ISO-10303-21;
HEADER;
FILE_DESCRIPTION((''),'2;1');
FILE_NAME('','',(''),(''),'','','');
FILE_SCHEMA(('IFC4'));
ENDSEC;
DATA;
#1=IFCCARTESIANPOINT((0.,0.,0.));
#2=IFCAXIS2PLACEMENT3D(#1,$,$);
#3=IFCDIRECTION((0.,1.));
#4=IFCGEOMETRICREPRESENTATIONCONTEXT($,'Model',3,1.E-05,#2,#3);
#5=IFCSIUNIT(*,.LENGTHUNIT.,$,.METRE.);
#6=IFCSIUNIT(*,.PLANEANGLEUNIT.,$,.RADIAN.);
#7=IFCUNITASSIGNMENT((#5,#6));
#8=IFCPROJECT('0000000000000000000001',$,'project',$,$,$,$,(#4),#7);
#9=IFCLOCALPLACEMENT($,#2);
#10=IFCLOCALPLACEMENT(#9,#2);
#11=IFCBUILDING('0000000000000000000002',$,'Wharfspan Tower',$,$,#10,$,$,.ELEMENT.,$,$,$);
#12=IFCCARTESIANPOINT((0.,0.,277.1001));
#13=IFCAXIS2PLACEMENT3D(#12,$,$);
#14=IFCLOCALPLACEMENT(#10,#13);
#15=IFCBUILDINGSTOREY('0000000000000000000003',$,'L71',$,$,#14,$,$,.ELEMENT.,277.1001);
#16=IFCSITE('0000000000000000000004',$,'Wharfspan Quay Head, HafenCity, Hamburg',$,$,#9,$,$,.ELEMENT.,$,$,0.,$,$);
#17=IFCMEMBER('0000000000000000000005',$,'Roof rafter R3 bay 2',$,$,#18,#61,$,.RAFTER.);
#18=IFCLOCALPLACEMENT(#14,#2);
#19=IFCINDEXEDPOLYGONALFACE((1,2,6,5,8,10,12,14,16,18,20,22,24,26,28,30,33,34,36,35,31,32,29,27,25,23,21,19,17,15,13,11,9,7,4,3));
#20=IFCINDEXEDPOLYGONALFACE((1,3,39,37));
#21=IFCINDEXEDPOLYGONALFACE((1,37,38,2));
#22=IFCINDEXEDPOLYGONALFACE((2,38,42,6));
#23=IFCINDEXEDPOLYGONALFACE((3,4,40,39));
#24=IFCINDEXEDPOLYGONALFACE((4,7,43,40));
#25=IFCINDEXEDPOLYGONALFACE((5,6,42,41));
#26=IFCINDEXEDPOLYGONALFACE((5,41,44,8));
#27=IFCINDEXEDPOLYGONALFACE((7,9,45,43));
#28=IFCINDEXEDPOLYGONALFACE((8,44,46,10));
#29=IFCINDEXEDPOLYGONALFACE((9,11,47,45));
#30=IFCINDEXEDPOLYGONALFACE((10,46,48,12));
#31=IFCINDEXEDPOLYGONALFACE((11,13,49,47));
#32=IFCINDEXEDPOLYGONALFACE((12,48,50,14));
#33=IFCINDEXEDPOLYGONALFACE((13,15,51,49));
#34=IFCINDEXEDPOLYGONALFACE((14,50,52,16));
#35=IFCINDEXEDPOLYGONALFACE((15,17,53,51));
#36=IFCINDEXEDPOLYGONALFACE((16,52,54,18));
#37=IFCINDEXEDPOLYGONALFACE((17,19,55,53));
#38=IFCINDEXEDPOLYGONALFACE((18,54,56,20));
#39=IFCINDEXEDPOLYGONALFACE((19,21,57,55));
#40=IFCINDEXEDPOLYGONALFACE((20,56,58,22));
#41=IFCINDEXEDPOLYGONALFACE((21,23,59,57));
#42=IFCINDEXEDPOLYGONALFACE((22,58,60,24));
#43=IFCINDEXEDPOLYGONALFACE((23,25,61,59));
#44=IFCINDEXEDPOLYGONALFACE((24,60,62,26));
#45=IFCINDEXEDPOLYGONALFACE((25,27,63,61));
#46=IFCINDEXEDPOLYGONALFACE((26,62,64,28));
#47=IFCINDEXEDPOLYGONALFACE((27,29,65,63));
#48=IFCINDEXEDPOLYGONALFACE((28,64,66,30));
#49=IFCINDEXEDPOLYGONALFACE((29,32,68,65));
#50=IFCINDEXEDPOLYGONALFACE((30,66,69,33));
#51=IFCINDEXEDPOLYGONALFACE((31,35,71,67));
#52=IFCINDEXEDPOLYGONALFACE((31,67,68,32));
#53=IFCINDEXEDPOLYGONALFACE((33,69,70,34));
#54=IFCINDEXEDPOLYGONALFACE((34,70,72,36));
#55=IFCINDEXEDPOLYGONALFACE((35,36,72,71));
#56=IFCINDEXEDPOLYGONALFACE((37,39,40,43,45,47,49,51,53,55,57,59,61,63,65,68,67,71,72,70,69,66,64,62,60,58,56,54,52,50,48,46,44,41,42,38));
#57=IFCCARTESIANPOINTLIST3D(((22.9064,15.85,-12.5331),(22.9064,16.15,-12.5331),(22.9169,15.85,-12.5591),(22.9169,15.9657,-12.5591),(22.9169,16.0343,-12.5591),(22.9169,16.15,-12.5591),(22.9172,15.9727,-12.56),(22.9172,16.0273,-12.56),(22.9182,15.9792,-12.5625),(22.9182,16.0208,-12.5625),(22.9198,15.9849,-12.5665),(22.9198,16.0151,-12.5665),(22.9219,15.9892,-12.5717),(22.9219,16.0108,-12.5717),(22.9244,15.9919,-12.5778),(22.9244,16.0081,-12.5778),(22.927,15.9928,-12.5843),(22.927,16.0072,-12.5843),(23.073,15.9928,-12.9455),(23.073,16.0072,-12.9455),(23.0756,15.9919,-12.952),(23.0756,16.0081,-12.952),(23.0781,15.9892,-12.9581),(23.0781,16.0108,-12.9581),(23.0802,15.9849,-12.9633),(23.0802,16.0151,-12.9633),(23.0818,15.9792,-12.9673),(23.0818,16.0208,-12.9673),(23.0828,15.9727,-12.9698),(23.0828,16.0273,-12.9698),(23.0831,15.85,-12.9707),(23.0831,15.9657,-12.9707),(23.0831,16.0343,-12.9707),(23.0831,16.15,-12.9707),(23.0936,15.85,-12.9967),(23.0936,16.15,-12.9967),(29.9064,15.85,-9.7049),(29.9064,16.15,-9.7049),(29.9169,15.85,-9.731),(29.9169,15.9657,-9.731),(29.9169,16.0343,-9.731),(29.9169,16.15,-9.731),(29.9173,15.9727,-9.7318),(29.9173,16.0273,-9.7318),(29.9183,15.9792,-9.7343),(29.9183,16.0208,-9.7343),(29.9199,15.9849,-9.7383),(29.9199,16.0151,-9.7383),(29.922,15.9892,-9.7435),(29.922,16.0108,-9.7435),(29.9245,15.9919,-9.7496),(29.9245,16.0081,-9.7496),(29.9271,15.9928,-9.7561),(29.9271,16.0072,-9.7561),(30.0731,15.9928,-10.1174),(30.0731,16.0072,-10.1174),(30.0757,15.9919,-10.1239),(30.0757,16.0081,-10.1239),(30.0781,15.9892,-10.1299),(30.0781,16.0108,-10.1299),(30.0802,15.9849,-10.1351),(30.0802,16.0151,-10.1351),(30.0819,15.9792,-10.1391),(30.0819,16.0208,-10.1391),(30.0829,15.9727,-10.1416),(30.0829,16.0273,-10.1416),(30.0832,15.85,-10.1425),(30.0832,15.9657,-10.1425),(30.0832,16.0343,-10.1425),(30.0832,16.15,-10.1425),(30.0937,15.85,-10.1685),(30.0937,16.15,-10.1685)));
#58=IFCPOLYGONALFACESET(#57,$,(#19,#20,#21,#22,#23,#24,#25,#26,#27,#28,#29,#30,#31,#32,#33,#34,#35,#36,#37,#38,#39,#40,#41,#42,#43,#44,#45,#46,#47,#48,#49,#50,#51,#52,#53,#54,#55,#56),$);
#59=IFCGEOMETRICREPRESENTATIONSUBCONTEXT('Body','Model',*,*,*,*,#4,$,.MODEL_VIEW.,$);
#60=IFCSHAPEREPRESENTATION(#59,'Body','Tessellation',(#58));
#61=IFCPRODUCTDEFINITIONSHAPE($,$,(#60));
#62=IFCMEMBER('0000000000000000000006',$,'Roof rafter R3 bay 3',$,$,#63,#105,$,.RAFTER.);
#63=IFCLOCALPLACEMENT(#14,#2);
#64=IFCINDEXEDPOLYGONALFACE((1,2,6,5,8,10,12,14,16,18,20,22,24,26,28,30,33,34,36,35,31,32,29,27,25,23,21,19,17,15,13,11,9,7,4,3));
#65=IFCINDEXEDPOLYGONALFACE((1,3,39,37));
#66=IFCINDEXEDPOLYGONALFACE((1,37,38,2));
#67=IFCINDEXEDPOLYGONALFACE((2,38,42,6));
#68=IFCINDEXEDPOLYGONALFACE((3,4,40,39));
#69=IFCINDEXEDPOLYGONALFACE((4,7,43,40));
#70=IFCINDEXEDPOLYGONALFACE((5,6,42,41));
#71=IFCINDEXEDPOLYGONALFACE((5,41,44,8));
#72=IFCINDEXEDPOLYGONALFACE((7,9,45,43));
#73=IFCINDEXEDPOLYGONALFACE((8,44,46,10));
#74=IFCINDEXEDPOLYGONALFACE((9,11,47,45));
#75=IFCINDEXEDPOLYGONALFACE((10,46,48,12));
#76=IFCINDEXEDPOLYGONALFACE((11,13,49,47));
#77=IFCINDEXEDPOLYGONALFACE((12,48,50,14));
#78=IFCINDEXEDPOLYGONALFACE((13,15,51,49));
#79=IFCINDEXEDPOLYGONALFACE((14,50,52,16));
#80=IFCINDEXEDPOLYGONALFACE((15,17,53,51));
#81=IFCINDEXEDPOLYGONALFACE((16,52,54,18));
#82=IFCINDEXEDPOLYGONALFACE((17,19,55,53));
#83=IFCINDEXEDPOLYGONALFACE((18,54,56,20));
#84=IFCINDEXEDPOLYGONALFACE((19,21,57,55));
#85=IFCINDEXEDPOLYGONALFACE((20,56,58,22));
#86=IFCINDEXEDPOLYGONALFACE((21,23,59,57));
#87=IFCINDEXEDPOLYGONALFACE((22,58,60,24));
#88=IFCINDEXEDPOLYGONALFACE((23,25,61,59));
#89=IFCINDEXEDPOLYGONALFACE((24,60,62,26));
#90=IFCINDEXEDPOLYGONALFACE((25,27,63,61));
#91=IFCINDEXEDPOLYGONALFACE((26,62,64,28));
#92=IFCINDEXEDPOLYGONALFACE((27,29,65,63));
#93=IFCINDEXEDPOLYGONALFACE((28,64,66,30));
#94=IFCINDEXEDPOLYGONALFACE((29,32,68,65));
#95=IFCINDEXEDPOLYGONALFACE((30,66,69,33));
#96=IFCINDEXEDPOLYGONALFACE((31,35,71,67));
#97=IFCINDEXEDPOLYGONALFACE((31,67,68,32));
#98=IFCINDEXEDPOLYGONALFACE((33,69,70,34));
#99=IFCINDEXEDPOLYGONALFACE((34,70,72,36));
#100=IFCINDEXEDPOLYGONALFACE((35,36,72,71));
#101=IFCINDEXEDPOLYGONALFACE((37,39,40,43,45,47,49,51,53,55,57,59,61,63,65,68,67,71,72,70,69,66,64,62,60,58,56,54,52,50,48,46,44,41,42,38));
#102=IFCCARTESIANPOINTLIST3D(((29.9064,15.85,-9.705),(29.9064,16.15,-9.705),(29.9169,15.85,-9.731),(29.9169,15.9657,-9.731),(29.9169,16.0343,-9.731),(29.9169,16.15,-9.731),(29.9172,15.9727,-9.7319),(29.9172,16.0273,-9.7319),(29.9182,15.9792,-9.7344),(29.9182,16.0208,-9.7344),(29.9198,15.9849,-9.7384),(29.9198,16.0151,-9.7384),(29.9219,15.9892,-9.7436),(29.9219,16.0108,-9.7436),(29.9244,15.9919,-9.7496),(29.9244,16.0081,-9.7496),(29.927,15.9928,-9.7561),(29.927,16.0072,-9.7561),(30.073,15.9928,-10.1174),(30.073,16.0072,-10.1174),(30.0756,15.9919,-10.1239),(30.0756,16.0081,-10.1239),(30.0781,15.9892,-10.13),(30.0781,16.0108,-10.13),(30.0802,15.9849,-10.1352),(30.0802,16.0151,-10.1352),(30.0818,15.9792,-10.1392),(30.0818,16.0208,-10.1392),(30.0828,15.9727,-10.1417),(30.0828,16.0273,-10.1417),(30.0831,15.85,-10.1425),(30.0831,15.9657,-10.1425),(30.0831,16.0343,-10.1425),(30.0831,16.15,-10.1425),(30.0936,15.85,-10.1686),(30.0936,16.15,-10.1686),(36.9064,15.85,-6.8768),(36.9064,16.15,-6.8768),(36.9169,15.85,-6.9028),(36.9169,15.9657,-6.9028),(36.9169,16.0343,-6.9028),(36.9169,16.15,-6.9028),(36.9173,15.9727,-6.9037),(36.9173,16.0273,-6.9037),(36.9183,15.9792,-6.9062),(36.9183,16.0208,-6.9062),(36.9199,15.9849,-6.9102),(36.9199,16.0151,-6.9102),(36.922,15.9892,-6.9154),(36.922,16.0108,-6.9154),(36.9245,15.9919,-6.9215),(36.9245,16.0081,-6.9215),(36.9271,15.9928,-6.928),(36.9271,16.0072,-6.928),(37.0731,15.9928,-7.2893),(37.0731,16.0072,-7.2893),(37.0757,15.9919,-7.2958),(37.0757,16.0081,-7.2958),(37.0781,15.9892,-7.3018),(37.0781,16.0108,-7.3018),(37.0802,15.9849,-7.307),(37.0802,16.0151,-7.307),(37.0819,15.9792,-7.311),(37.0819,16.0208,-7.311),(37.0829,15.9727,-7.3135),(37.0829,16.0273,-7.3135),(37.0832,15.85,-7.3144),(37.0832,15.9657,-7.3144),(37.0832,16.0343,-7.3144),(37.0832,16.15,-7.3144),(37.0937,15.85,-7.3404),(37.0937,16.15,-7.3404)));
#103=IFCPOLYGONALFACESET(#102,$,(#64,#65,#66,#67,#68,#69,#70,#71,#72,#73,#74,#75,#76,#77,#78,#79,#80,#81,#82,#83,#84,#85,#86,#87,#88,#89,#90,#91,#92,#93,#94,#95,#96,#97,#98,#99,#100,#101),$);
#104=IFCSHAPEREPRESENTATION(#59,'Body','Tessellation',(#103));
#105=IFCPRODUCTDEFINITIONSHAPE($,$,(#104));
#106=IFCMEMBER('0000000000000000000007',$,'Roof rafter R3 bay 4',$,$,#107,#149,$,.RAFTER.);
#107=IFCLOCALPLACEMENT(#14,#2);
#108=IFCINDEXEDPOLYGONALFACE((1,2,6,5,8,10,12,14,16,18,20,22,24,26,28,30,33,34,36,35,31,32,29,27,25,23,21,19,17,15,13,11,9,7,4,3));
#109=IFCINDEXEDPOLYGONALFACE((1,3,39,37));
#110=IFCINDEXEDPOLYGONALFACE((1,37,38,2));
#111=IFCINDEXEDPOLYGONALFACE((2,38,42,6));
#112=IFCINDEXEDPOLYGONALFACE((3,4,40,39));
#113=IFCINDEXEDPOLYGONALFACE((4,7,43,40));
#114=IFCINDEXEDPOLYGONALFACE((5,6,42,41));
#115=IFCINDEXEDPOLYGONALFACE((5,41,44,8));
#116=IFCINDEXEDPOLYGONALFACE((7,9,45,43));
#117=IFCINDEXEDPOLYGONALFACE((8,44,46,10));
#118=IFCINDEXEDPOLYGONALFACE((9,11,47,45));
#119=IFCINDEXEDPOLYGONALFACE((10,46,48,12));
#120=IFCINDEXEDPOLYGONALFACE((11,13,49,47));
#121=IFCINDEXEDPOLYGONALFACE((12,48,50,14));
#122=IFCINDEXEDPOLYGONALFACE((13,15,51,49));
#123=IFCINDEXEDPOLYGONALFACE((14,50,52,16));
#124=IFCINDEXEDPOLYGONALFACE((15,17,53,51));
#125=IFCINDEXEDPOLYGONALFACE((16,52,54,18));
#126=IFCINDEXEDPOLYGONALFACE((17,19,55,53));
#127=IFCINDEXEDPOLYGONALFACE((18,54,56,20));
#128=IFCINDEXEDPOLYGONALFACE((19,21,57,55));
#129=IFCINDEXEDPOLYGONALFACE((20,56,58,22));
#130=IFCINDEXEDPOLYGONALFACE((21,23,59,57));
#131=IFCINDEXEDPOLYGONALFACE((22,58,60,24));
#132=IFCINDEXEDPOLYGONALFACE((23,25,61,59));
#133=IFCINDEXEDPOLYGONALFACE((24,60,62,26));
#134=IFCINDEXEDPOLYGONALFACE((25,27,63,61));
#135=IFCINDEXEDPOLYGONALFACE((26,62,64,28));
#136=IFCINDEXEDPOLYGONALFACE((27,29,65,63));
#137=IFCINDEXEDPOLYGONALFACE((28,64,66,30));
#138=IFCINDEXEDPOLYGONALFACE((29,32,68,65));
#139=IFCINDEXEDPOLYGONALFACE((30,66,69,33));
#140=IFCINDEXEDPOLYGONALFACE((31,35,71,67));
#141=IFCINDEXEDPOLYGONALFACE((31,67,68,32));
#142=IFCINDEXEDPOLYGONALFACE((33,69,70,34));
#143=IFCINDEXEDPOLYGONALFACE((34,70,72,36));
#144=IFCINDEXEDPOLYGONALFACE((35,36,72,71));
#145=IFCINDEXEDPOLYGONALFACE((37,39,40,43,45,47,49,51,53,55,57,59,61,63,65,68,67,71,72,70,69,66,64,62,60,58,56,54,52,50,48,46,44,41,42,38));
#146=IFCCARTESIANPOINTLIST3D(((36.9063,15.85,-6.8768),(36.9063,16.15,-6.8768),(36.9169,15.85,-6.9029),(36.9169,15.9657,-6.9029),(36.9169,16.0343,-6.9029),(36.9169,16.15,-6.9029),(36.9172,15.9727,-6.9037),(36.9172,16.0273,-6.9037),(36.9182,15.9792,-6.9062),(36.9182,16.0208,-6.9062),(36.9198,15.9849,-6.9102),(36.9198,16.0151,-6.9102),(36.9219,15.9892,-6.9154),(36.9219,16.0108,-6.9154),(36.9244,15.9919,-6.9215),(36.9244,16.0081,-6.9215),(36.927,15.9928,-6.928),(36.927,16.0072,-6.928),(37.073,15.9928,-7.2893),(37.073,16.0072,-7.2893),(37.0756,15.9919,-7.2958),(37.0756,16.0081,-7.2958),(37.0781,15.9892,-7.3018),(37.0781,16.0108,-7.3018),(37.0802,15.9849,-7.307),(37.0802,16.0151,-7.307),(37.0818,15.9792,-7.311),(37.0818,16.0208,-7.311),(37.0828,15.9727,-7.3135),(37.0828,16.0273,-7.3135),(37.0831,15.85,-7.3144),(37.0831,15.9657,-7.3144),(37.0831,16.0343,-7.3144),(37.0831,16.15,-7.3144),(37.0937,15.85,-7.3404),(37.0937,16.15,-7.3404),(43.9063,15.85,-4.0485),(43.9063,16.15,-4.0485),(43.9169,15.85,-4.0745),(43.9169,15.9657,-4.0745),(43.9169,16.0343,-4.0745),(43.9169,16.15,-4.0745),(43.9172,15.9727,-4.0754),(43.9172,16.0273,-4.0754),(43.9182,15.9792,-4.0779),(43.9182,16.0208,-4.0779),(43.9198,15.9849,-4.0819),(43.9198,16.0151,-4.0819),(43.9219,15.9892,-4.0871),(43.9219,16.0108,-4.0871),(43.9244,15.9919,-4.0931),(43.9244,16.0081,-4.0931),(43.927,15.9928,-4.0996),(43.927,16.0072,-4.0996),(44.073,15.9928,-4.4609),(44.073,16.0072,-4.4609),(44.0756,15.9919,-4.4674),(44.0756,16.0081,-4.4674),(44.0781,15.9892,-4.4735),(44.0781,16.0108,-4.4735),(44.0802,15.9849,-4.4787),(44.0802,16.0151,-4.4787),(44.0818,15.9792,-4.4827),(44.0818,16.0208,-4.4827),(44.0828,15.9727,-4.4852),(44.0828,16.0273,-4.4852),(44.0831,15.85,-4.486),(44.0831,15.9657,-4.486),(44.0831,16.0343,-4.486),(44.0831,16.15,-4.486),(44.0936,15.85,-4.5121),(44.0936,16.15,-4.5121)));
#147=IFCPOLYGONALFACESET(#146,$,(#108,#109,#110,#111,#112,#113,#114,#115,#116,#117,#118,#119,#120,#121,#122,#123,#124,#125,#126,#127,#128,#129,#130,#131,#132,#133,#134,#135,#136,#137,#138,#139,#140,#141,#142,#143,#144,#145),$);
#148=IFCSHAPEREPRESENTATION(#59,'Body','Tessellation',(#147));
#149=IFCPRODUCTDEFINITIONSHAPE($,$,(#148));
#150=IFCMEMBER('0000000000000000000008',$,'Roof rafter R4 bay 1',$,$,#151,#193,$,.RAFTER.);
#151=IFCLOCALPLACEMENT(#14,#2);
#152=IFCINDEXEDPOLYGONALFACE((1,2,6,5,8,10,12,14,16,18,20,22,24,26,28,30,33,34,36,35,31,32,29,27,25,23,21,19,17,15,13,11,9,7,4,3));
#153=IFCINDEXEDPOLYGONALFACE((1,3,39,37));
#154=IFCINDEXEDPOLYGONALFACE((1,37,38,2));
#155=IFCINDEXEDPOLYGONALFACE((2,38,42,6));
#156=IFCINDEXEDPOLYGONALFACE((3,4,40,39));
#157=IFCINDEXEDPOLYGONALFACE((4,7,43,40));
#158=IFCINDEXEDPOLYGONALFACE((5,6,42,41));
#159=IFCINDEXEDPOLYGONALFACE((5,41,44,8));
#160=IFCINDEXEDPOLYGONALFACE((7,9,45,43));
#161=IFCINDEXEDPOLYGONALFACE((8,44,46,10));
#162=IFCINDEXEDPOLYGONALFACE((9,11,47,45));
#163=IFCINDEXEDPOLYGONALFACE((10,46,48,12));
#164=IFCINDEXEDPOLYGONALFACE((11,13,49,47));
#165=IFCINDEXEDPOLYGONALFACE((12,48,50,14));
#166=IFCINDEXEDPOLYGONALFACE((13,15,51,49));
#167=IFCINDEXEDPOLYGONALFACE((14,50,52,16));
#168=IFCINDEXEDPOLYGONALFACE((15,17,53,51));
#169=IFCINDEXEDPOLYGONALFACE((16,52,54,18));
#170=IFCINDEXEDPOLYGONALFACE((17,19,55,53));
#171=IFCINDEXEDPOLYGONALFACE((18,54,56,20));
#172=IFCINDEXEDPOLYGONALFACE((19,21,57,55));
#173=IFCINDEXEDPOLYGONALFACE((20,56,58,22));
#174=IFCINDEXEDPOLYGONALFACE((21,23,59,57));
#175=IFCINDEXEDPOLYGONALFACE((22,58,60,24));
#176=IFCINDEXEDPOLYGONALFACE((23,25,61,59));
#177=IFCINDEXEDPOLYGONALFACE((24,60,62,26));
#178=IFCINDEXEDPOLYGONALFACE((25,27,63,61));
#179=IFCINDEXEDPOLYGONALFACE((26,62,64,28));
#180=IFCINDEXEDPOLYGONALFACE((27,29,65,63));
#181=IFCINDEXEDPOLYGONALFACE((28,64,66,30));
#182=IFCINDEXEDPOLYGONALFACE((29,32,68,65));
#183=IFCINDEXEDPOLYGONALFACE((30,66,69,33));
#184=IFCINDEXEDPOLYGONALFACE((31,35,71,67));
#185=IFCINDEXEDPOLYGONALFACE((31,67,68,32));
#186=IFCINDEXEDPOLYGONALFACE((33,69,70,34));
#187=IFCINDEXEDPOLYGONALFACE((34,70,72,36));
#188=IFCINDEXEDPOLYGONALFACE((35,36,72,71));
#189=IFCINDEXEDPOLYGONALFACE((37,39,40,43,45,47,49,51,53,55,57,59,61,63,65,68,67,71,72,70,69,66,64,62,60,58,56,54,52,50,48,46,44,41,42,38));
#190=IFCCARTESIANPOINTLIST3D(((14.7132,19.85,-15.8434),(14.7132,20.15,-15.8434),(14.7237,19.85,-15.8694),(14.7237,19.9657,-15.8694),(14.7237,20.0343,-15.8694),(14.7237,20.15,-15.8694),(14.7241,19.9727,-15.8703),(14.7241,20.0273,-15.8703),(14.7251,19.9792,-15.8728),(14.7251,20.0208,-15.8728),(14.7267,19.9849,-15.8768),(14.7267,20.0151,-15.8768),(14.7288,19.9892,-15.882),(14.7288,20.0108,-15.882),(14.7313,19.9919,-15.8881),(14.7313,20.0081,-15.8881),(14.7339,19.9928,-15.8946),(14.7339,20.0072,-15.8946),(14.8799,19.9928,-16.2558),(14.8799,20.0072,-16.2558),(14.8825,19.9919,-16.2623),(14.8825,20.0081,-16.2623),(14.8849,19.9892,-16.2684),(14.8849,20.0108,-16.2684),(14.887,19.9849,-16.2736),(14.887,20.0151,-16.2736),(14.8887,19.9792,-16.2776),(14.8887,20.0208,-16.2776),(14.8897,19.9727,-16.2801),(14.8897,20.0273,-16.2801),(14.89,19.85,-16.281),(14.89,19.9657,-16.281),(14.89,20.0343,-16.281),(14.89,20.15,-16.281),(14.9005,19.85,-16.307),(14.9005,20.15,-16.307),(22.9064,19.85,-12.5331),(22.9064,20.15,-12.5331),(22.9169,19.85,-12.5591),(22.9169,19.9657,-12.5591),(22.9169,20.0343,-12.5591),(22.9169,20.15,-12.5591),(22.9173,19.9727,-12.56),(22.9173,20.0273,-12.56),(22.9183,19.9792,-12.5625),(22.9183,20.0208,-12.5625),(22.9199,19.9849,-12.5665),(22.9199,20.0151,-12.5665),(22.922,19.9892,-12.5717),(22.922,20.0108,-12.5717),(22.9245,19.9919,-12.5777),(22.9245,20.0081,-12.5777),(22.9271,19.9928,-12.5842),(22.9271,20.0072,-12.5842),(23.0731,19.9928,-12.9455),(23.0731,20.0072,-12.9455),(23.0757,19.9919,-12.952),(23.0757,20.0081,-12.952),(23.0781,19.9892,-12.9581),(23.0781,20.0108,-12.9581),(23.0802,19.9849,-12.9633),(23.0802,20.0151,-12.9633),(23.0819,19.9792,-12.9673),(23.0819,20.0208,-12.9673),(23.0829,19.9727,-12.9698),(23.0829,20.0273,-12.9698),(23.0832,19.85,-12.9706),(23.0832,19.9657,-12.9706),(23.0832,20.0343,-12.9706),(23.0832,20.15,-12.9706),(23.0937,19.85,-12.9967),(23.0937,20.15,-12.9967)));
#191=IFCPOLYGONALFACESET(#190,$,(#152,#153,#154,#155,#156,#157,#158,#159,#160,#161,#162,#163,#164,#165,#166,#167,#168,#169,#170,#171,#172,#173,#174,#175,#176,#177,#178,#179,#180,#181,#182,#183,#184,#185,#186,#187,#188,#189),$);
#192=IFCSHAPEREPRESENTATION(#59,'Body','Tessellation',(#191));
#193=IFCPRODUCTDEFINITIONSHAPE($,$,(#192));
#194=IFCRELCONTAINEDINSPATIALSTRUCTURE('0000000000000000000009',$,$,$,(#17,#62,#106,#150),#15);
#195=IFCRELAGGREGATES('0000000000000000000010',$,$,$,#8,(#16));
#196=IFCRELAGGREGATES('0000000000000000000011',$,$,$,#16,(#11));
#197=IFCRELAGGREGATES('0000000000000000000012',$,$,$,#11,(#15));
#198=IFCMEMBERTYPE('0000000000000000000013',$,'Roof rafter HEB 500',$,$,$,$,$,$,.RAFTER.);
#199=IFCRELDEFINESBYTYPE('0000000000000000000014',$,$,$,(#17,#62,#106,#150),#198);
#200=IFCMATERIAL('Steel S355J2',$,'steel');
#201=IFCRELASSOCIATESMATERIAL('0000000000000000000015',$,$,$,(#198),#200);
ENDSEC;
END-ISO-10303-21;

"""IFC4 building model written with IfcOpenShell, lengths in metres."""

from ifc_helpers import new_model, si_unit, direction, frame, origin, origin_2d, place, context, subcontext, project, spatial, i_section, extrude, material, material_profile, profile_set, type_object, element, save


model = new_model("IFC4")

# Units and contexts
model_context = context("Model", 3, precision=1e-05, world=origin(), true_north=direction((0.0, 1.0)))
body_context = subcontext(model_context, "Body", "Model", "MODEL_VIEW")
ifc_project = project(units=[si_unit("LENGTHUNIT", "METRE"), si_unit("PLANEANGLEUNIT", "RADIAN")], contexts=[model_context])

# Site, building, storey
site_placement = place(None, origin())
site = spatial("IfcSite", under=ifc_project, at=site_placement, Name="Wharfspan Quay Head, HafenCity, Hamburg", CompositionType="ELEMENT", RefElevation=0.0)
building_placement = place(site_placement, origin())
building = spatial("IfcBuilding", under=site, at=building_placement, Name="Wharfspan Tower", CompositionType="ELEMENT")
storey_placement = place(building_placement, frame((0.0, 0.0, 277.1001)))
storey = spatial("IfcBuildingStorey", under=building, at=storey_placement, Name="L71", CompositionType="ELEMENT", Elevation=277.1001)

# Members
ifc_material_1 = material(Name="Steel S355J2", Category="steel")
ifc_material_profile = material_profile(ifc_material_1, i_section(OverallWidth=0.3, OverallDepth=0.5, WebThickness=0.0144, FlangeThickness=0.0281, FilletRadius=0.0271, at=origin_2d()))
ifc_profile_set = profile_set([ifc_material_profile], Name="Steel S355J2")
member_type = type_object("IfcMemberType", Name="Roof rafter HEB 500", PredefinedType="RAFTER", material=ifc_profile_set)
for number, where, z_axis, x_axis, name in (
    (1, (23.0, 16.0, -12.7649), (0.927187, 0.0, 0.3746), (0.0, 1.0, 0.0), "Roof rafter R3 bay 2"),
    (2, (30.0, 16.0, -9.9368), (0.927187, 0.0, 0.3746), (0.0, 1.0, 0.0), "Roof rafter R3 bay 3"),
    (3, (37.0, 16.0, -7.1086), (0.927175, 0.0, 0.374628), (0.0, 1.0, 0.0), "Roof rafter R3 bay 4"),
):
    element("IfcMember", number, at=place(storey_placement, frame(where, z_axis=z_axis, x_axis=x_axis)), inside=storey, type_object=member_type, Name=name, PredefinedType="RAFTER", context=body_context, shape_type="SweptSolid", body=[
        extrude(i_section(OverallWidth=0.3, OverallDepth=0.5, WebThickness=0.0144, FlangeThickness=0.0281, FilletRadius=0.0271, at=origin_2d()), origin(), (0.0, 0.0, 1.0), 7.5498),
    ])
member_1_placement = place(storey_placement, frame((14.8069, 20.0, -16.0752), z_axis=(0.927181, 0.0, 0.374613), x_axis=(0.0, 1.0, 0.0)))
element("IfcMember", 4, at=member_1_placement, inside=storey, type_object=member_type, Name="Roof rafter R4 bay 1", PredefinedType="RAFTER", context=body_context, shape_type="SweptSolid", body=[
    extrude(i_section(OverallWidth=0.3, OverallDepth=0.5, WebThickness=0.0144, FlangeThickness=0.0281, FilletRadius=0.0271, at=origin_2d()), origin(), (0.0, 0.0, 1.0), 8.8367),
])

save(model, "model.ifc")
